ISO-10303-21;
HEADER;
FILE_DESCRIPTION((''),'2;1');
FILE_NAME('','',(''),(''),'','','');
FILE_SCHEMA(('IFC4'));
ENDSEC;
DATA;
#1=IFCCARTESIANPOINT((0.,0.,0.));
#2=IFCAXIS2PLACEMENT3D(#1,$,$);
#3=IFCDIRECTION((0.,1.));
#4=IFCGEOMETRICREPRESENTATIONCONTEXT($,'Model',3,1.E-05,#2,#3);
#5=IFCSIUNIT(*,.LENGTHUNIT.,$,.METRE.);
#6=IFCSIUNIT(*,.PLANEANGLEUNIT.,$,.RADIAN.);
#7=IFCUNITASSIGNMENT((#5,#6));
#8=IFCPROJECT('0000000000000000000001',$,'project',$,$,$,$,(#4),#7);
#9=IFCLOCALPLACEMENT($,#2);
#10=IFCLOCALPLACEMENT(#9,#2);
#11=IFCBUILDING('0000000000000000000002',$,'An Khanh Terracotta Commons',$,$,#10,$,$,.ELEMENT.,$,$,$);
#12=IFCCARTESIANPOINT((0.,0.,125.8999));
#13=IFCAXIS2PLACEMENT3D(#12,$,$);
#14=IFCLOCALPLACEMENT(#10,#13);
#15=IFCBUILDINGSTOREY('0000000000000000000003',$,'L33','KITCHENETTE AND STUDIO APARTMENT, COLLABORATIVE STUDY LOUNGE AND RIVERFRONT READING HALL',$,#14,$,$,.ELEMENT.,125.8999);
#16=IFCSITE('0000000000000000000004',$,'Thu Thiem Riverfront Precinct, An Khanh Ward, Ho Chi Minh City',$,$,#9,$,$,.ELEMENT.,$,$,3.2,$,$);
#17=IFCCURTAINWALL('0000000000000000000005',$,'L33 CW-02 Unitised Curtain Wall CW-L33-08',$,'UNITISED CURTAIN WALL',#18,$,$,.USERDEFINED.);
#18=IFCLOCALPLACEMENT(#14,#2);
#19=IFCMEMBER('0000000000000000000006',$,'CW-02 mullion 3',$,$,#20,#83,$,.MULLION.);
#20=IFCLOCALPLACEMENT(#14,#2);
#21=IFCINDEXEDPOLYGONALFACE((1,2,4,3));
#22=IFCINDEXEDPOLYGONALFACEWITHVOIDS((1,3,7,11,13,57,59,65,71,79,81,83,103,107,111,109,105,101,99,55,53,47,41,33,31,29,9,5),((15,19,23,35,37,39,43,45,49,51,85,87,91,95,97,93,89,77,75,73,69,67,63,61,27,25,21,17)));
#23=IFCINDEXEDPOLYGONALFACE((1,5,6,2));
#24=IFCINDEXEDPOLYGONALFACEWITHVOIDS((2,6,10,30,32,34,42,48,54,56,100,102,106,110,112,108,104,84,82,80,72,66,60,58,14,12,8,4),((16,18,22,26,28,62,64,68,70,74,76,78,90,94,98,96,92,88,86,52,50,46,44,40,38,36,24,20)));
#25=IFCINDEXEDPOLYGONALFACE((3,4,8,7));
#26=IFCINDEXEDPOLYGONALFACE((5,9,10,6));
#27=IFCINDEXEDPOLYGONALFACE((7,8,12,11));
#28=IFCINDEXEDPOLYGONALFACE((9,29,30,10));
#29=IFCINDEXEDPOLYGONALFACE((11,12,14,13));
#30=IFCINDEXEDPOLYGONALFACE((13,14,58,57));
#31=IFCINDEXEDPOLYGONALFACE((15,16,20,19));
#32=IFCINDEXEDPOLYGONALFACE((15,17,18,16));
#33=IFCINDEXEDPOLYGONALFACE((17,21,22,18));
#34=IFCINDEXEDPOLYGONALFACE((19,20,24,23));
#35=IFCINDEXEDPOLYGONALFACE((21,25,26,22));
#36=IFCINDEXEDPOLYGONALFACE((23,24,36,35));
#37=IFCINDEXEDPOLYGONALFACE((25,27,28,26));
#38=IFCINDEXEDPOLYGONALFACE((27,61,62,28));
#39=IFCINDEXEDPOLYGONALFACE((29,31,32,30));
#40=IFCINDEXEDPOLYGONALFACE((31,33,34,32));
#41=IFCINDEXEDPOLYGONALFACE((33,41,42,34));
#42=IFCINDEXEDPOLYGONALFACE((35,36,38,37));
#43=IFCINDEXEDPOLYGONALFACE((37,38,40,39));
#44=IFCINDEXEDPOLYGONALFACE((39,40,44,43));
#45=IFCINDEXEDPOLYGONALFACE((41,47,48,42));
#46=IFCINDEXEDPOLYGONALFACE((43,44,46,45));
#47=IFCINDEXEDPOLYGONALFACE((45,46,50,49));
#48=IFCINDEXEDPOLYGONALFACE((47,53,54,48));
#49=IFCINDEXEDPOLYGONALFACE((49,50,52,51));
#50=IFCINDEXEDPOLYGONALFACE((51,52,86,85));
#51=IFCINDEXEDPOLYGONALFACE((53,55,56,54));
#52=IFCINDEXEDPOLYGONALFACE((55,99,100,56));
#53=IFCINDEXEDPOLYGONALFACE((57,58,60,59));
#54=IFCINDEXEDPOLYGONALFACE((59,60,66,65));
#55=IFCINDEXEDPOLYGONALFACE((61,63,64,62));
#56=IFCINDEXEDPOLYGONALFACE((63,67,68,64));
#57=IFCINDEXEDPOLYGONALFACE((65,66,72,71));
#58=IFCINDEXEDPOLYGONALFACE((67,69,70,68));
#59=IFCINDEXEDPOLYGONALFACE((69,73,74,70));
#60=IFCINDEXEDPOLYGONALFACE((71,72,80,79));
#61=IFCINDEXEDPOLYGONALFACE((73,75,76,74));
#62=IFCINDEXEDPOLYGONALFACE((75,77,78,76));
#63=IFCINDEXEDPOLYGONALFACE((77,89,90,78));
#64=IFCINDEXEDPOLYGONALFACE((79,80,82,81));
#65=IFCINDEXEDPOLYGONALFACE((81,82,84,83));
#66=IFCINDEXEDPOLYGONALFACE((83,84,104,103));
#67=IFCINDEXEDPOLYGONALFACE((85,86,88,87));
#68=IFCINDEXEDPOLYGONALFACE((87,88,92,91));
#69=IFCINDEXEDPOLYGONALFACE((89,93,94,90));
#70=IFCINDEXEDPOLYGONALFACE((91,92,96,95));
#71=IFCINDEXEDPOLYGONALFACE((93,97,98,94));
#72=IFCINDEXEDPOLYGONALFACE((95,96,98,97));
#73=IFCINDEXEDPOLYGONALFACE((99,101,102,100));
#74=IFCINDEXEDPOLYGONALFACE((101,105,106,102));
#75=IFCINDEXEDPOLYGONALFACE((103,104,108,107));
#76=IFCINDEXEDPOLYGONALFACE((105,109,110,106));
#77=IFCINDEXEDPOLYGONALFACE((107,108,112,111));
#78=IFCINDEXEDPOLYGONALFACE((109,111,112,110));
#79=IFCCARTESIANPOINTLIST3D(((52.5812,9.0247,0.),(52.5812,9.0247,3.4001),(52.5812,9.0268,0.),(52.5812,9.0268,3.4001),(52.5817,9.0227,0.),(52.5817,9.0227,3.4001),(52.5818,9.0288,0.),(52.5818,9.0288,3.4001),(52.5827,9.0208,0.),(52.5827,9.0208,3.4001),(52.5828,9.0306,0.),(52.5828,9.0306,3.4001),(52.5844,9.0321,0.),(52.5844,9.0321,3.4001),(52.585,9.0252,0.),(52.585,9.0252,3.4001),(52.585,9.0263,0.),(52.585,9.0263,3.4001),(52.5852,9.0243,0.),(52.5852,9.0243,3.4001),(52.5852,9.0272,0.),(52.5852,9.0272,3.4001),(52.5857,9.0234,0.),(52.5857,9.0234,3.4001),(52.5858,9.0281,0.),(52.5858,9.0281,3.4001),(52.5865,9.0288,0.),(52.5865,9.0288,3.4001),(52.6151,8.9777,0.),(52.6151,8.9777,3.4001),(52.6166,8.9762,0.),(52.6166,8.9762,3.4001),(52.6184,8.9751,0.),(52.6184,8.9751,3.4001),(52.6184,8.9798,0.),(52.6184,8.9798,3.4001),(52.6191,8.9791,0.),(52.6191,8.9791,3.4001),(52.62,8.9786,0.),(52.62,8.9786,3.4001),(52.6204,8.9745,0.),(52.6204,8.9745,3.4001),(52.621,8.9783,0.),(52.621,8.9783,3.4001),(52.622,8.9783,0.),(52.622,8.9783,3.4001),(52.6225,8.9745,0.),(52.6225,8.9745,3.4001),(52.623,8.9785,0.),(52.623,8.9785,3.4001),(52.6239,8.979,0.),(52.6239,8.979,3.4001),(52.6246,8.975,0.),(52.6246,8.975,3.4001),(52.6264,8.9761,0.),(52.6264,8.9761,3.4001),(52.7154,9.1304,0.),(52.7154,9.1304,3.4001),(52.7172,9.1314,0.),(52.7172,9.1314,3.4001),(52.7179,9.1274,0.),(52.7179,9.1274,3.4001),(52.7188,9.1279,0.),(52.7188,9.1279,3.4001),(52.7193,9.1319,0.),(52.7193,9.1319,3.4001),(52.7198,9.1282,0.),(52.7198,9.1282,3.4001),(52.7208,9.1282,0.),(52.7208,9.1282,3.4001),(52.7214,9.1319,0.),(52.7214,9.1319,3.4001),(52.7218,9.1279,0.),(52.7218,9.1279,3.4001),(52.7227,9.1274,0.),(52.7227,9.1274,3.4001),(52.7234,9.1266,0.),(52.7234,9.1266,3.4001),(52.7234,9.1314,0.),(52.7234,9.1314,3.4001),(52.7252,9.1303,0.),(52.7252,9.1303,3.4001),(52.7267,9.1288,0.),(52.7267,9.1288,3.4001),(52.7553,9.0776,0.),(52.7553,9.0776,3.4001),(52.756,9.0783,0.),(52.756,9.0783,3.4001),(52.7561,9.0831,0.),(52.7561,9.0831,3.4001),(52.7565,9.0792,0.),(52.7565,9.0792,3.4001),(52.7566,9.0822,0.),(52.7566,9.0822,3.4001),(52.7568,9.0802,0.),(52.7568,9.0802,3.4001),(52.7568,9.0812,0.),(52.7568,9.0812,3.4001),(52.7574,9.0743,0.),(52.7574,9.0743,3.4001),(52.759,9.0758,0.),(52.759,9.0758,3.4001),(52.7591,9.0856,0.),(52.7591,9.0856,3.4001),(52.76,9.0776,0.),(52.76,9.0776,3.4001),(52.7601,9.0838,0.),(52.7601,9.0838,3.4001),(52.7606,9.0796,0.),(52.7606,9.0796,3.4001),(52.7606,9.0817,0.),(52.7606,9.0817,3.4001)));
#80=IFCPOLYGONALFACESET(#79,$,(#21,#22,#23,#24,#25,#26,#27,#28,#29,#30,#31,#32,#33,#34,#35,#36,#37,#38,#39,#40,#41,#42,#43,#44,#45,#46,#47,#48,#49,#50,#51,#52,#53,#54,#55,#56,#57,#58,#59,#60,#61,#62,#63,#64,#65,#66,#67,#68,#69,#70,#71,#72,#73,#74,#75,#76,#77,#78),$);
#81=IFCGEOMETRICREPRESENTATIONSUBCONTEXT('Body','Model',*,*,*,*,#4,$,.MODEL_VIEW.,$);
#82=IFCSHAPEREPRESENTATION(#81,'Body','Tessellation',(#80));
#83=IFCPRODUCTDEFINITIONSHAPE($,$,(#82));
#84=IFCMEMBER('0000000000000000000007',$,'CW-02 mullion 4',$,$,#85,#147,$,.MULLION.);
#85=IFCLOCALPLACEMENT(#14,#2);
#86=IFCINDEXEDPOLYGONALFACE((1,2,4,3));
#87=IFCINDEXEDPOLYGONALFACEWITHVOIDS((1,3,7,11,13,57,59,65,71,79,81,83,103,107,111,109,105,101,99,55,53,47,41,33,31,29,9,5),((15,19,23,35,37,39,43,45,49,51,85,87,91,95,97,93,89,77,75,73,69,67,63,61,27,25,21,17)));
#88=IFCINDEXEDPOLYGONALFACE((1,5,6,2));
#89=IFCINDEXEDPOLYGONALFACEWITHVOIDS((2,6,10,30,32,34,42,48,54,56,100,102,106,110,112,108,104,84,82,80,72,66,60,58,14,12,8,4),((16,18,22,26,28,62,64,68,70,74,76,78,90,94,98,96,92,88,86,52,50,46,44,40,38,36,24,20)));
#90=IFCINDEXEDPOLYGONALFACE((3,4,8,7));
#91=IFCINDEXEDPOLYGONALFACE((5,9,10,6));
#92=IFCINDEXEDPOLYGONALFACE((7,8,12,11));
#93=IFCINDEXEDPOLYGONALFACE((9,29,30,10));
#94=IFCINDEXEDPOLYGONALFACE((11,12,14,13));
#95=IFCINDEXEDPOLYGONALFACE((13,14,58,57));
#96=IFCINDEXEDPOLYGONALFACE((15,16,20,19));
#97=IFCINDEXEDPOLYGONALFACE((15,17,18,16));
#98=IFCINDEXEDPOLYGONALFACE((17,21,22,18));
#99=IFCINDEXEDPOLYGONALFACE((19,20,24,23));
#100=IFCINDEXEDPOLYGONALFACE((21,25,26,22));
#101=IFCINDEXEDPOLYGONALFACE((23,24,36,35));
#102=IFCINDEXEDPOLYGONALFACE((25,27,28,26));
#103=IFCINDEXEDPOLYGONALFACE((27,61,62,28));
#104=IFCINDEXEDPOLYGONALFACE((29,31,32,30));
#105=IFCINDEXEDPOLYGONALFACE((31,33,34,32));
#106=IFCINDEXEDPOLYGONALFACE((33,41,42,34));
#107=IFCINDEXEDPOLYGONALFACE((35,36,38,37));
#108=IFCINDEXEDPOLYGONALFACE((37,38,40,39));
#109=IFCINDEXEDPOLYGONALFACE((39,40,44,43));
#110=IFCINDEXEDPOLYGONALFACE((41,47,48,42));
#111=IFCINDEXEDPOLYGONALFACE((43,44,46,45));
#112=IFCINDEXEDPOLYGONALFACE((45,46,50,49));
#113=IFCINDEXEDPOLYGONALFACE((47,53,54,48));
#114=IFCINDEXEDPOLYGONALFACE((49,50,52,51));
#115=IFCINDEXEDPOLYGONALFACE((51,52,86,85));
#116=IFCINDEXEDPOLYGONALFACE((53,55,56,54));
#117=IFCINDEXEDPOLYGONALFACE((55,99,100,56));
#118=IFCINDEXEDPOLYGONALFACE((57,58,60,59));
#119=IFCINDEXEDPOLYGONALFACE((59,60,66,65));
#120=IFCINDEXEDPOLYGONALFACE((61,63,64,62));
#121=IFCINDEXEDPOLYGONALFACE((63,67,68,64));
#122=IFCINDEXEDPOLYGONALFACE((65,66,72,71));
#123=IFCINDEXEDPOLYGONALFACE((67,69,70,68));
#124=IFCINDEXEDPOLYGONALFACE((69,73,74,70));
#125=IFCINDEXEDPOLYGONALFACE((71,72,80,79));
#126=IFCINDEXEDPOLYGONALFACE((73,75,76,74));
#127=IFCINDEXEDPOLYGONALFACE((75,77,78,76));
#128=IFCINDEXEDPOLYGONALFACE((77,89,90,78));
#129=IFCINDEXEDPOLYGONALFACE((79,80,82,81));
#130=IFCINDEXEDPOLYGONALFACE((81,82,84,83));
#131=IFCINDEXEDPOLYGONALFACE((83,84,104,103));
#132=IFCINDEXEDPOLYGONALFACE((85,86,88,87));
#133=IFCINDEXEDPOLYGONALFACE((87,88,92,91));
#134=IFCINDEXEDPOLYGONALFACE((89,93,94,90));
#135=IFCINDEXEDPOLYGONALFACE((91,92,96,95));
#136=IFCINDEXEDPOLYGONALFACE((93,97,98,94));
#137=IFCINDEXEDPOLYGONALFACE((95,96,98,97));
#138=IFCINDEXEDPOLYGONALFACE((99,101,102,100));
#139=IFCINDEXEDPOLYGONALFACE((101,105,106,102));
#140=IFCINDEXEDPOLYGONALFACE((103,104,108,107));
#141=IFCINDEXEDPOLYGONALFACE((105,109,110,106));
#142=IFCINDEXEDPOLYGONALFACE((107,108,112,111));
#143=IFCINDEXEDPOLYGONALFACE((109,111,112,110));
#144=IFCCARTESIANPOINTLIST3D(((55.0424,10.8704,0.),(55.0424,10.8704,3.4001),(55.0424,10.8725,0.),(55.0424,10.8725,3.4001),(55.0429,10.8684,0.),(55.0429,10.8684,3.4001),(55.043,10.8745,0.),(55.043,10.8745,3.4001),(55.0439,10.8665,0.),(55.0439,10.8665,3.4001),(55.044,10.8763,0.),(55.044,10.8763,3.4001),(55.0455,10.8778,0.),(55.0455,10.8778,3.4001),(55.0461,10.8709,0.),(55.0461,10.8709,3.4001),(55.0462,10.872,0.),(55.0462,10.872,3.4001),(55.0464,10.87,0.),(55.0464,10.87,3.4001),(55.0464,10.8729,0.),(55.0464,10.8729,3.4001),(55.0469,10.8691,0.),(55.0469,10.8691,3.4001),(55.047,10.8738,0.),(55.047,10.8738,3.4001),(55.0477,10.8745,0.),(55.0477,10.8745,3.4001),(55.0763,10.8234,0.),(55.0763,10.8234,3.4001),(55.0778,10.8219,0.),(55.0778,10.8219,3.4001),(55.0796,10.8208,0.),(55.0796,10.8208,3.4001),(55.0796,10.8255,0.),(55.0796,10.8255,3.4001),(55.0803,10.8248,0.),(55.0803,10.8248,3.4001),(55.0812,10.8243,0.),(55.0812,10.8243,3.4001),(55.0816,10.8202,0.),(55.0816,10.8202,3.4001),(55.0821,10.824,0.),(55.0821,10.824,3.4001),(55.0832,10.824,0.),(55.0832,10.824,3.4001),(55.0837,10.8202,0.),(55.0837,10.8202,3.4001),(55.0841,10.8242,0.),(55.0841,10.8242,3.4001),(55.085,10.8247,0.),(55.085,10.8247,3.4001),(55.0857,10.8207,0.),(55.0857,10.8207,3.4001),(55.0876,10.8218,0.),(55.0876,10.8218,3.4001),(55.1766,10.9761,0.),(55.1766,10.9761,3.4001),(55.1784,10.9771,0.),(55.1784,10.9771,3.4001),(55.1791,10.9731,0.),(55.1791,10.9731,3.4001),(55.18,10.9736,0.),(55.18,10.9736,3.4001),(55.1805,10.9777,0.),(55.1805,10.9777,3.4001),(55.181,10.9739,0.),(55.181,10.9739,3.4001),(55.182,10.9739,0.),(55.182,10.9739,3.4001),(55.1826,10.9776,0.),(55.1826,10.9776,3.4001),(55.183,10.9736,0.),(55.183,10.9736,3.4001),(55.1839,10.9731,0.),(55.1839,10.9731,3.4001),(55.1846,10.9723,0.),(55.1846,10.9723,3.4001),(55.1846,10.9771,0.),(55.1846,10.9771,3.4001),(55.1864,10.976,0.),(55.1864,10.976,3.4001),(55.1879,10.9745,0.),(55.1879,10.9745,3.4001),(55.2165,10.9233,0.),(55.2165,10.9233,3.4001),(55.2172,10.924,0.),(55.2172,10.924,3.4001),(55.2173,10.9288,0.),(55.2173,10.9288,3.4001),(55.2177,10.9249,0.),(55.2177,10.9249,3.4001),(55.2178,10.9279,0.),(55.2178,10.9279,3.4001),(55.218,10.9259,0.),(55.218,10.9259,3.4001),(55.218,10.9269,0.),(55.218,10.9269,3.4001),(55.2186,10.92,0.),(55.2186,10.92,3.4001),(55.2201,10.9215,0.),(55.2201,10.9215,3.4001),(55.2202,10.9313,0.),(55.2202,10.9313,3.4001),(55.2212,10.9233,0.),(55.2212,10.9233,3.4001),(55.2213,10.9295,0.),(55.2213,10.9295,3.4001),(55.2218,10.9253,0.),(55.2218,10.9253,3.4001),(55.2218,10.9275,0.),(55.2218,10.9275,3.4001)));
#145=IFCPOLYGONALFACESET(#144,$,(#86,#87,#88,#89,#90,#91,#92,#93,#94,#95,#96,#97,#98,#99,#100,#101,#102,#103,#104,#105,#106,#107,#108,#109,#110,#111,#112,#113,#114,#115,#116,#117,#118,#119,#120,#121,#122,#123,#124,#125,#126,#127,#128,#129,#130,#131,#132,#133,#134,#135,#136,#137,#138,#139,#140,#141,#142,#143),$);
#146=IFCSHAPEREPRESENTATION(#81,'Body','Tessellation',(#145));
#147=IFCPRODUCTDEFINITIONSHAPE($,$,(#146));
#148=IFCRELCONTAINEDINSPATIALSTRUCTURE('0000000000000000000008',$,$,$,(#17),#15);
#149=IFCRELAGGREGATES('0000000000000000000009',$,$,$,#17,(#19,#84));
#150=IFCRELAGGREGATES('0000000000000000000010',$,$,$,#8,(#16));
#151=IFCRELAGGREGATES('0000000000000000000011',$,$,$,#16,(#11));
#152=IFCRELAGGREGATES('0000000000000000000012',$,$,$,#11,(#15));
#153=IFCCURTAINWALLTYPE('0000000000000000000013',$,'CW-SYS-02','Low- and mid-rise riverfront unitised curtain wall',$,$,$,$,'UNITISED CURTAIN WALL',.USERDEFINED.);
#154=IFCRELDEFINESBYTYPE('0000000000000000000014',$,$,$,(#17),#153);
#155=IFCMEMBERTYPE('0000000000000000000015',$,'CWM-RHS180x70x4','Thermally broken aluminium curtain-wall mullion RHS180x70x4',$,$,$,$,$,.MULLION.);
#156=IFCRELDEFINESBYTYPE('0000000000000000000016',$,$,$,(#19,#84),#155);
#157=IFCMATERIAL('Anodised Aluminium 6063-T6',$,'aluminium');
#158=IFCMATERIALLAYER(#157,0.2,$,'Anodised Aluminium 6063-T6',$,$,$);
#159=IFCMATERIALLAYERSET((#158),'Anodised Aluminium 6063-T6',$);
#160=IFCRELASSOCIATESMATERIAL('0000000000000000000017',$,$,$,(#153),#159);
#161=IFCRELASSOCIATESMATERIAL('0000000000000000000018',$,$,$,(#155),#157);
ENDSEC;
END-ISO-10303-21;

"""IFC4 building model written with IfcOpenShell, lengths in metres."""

from ifc_helpers import new_model, si_unit, direction, frame, origin, origin_2d, place, context, subcontext, project, spatial, hollow_rectangle, extrude, material, layer, layer_set, material_profile, profile_set, type_object, element, aggregate, save


model = new_model("IFC4")

# Units and contexts
model_context = context("Model", 3, precision=1e-05, world=origin(), true_north=direction((0.0, 1.0)))
body_context = subcontext(model_context, "Body", "Model", "MODEL_VIEW")
ifc_project = project(units=[si_unit("LENGTHUNIT", "METRE"), si_unit("PLANEANGLEUNIT", "RADIAN")], contexts=[model_context])

# Site, building, storey
site_placement = place(None, origin())
site = spatial("IfcSite", under=ifc_project, at=site_placement, Name="Thu Thiem Riverfront Precinct, An Khanh Ward, Ho Chi Minh City", CompositionType="ELEMENT", RefElevation=3.2)
building_placement = place(site_placement, origin())
building = spatial("IfcBuilding", under=site, at=building_placement, Name="An Khanh Terracotta Commons", CompositionType="ELEMENT")
storey_placement = place(building_placement, frame((0.0, 0.0, 125.8999)))
storey = spatial("IfcBuildingStorey", under=building, at=storey_placement, Name="L33", Description="KITCHENETTE AND STUDIO APARTMENT, COLLABORATIVE STUDY LOUNGE AND RIVERFRONT READING HALL", CompositionType="ELEMENT", Elevation=125.8999)

# Curtain wall, members
ifc_material_1 = material(Name="Anodised Aluminium 6063-T6", Category="aluminium")
ifc_layer_1 = layer(ifc_material_1, 0.2, Name="Anodised Aluminium 6063-T6")
ifc_layer_set_1 = layer_set([ifc_layer_1], Name="Anodised Aluminium 6063-T6")
curtain_wall_type_1 = type_object("IfcCurtainWallType", Name="CW-SYS-02", Description="Low- and mid-rise riverfront unitised curtain wall", ElementType="UNITISED CURTAIN WALL", PredefinedType="USERDEFINED", material=ifc_layer_set_1)
curtain_wall_1_placement = place(storey_placement, origin())
curtain_wall_1 = element("IfcCurtainWall", 1, at=curtain_wall_1_placement, inside=storey, type_object=curtain_wall_type_1, Name="L33 CW-02 Unitised Curtain Wall CW-L33-08", ObjectType="UNITISED CURTAIN WALL", PredefinedType="USERDEFINED")
ifc_material_profile_1 = material_profile(ifc_material_1, hollow_rectangle(XDim=0.0701, YDim=0.1799, WallThickness=0.0039, InnerFilletRadius=0.0039, OuterFilletRadius=0.0081, at=origin_2d()), Name="RHS180x70x4")
ifc_profile_set_1 = profile_set([ifc_material_profile_1], Name="Anodised Aluminium 6063-T6")
member_type_1 = type_object("IfcMemberType", Name="CWM-RHS180x70x4", Description="Thermally broken aluminium curtain-wall mullion RHS180x70x4", PredefinedType="MULLION", material=ifc_profile_set_1)
member_1_placement = place(storey_placement, frame((52.6709, 9.0532, 0.0), z_axis=(0.0, 0.0, 1.0), x_axis=(-0.599983, 0.800013, 0.0)))
member_1 = element("IfcMember", 2, at=member_1_placement, type_object=member_type_1, Name="CW-02 mullion 3", PredefinedType="MULLION", context=body_context, shape_type="SweptSolid", body=[
    extrude(hollow_rectangle(XDim=0.0701, YDim=0.1799, WallThickness=0.0039, InnerFilletRadius=0.0039, OuterFilletRadius=0.0081, at=origin_2d()), origin(), (0.0, 0.0, 1.0), 3.4001),
])
member_2_placement = place(storey_placement, frame((55.1321, 10.8989, 0.0), z_axis=(0.0, 0.0, 1.0), x_axis=(-0.599983, 0.800013, 0.0)))
member_2 = element("IfcMember", 3, at=member_2_placement, type_object=member_type_1, Name="CW-02 mullion 4", PredefinedType="MULLION", context=body_context, shape_type="SweptSolid", body=[
    extrude(hollow_rectangle(XDim=0.0701, YDim=0.1799, WallThickness=0.0039, InnerFilletRadius=0.0039, OuterFilletRadius=0.0081, at=origin_2d()), origin(), (0.0, 0.0, 1.0), 3.4001),
])

aggregate(curtain_wall_1, [member_1, member_2])

save(model, "model.ifc")
